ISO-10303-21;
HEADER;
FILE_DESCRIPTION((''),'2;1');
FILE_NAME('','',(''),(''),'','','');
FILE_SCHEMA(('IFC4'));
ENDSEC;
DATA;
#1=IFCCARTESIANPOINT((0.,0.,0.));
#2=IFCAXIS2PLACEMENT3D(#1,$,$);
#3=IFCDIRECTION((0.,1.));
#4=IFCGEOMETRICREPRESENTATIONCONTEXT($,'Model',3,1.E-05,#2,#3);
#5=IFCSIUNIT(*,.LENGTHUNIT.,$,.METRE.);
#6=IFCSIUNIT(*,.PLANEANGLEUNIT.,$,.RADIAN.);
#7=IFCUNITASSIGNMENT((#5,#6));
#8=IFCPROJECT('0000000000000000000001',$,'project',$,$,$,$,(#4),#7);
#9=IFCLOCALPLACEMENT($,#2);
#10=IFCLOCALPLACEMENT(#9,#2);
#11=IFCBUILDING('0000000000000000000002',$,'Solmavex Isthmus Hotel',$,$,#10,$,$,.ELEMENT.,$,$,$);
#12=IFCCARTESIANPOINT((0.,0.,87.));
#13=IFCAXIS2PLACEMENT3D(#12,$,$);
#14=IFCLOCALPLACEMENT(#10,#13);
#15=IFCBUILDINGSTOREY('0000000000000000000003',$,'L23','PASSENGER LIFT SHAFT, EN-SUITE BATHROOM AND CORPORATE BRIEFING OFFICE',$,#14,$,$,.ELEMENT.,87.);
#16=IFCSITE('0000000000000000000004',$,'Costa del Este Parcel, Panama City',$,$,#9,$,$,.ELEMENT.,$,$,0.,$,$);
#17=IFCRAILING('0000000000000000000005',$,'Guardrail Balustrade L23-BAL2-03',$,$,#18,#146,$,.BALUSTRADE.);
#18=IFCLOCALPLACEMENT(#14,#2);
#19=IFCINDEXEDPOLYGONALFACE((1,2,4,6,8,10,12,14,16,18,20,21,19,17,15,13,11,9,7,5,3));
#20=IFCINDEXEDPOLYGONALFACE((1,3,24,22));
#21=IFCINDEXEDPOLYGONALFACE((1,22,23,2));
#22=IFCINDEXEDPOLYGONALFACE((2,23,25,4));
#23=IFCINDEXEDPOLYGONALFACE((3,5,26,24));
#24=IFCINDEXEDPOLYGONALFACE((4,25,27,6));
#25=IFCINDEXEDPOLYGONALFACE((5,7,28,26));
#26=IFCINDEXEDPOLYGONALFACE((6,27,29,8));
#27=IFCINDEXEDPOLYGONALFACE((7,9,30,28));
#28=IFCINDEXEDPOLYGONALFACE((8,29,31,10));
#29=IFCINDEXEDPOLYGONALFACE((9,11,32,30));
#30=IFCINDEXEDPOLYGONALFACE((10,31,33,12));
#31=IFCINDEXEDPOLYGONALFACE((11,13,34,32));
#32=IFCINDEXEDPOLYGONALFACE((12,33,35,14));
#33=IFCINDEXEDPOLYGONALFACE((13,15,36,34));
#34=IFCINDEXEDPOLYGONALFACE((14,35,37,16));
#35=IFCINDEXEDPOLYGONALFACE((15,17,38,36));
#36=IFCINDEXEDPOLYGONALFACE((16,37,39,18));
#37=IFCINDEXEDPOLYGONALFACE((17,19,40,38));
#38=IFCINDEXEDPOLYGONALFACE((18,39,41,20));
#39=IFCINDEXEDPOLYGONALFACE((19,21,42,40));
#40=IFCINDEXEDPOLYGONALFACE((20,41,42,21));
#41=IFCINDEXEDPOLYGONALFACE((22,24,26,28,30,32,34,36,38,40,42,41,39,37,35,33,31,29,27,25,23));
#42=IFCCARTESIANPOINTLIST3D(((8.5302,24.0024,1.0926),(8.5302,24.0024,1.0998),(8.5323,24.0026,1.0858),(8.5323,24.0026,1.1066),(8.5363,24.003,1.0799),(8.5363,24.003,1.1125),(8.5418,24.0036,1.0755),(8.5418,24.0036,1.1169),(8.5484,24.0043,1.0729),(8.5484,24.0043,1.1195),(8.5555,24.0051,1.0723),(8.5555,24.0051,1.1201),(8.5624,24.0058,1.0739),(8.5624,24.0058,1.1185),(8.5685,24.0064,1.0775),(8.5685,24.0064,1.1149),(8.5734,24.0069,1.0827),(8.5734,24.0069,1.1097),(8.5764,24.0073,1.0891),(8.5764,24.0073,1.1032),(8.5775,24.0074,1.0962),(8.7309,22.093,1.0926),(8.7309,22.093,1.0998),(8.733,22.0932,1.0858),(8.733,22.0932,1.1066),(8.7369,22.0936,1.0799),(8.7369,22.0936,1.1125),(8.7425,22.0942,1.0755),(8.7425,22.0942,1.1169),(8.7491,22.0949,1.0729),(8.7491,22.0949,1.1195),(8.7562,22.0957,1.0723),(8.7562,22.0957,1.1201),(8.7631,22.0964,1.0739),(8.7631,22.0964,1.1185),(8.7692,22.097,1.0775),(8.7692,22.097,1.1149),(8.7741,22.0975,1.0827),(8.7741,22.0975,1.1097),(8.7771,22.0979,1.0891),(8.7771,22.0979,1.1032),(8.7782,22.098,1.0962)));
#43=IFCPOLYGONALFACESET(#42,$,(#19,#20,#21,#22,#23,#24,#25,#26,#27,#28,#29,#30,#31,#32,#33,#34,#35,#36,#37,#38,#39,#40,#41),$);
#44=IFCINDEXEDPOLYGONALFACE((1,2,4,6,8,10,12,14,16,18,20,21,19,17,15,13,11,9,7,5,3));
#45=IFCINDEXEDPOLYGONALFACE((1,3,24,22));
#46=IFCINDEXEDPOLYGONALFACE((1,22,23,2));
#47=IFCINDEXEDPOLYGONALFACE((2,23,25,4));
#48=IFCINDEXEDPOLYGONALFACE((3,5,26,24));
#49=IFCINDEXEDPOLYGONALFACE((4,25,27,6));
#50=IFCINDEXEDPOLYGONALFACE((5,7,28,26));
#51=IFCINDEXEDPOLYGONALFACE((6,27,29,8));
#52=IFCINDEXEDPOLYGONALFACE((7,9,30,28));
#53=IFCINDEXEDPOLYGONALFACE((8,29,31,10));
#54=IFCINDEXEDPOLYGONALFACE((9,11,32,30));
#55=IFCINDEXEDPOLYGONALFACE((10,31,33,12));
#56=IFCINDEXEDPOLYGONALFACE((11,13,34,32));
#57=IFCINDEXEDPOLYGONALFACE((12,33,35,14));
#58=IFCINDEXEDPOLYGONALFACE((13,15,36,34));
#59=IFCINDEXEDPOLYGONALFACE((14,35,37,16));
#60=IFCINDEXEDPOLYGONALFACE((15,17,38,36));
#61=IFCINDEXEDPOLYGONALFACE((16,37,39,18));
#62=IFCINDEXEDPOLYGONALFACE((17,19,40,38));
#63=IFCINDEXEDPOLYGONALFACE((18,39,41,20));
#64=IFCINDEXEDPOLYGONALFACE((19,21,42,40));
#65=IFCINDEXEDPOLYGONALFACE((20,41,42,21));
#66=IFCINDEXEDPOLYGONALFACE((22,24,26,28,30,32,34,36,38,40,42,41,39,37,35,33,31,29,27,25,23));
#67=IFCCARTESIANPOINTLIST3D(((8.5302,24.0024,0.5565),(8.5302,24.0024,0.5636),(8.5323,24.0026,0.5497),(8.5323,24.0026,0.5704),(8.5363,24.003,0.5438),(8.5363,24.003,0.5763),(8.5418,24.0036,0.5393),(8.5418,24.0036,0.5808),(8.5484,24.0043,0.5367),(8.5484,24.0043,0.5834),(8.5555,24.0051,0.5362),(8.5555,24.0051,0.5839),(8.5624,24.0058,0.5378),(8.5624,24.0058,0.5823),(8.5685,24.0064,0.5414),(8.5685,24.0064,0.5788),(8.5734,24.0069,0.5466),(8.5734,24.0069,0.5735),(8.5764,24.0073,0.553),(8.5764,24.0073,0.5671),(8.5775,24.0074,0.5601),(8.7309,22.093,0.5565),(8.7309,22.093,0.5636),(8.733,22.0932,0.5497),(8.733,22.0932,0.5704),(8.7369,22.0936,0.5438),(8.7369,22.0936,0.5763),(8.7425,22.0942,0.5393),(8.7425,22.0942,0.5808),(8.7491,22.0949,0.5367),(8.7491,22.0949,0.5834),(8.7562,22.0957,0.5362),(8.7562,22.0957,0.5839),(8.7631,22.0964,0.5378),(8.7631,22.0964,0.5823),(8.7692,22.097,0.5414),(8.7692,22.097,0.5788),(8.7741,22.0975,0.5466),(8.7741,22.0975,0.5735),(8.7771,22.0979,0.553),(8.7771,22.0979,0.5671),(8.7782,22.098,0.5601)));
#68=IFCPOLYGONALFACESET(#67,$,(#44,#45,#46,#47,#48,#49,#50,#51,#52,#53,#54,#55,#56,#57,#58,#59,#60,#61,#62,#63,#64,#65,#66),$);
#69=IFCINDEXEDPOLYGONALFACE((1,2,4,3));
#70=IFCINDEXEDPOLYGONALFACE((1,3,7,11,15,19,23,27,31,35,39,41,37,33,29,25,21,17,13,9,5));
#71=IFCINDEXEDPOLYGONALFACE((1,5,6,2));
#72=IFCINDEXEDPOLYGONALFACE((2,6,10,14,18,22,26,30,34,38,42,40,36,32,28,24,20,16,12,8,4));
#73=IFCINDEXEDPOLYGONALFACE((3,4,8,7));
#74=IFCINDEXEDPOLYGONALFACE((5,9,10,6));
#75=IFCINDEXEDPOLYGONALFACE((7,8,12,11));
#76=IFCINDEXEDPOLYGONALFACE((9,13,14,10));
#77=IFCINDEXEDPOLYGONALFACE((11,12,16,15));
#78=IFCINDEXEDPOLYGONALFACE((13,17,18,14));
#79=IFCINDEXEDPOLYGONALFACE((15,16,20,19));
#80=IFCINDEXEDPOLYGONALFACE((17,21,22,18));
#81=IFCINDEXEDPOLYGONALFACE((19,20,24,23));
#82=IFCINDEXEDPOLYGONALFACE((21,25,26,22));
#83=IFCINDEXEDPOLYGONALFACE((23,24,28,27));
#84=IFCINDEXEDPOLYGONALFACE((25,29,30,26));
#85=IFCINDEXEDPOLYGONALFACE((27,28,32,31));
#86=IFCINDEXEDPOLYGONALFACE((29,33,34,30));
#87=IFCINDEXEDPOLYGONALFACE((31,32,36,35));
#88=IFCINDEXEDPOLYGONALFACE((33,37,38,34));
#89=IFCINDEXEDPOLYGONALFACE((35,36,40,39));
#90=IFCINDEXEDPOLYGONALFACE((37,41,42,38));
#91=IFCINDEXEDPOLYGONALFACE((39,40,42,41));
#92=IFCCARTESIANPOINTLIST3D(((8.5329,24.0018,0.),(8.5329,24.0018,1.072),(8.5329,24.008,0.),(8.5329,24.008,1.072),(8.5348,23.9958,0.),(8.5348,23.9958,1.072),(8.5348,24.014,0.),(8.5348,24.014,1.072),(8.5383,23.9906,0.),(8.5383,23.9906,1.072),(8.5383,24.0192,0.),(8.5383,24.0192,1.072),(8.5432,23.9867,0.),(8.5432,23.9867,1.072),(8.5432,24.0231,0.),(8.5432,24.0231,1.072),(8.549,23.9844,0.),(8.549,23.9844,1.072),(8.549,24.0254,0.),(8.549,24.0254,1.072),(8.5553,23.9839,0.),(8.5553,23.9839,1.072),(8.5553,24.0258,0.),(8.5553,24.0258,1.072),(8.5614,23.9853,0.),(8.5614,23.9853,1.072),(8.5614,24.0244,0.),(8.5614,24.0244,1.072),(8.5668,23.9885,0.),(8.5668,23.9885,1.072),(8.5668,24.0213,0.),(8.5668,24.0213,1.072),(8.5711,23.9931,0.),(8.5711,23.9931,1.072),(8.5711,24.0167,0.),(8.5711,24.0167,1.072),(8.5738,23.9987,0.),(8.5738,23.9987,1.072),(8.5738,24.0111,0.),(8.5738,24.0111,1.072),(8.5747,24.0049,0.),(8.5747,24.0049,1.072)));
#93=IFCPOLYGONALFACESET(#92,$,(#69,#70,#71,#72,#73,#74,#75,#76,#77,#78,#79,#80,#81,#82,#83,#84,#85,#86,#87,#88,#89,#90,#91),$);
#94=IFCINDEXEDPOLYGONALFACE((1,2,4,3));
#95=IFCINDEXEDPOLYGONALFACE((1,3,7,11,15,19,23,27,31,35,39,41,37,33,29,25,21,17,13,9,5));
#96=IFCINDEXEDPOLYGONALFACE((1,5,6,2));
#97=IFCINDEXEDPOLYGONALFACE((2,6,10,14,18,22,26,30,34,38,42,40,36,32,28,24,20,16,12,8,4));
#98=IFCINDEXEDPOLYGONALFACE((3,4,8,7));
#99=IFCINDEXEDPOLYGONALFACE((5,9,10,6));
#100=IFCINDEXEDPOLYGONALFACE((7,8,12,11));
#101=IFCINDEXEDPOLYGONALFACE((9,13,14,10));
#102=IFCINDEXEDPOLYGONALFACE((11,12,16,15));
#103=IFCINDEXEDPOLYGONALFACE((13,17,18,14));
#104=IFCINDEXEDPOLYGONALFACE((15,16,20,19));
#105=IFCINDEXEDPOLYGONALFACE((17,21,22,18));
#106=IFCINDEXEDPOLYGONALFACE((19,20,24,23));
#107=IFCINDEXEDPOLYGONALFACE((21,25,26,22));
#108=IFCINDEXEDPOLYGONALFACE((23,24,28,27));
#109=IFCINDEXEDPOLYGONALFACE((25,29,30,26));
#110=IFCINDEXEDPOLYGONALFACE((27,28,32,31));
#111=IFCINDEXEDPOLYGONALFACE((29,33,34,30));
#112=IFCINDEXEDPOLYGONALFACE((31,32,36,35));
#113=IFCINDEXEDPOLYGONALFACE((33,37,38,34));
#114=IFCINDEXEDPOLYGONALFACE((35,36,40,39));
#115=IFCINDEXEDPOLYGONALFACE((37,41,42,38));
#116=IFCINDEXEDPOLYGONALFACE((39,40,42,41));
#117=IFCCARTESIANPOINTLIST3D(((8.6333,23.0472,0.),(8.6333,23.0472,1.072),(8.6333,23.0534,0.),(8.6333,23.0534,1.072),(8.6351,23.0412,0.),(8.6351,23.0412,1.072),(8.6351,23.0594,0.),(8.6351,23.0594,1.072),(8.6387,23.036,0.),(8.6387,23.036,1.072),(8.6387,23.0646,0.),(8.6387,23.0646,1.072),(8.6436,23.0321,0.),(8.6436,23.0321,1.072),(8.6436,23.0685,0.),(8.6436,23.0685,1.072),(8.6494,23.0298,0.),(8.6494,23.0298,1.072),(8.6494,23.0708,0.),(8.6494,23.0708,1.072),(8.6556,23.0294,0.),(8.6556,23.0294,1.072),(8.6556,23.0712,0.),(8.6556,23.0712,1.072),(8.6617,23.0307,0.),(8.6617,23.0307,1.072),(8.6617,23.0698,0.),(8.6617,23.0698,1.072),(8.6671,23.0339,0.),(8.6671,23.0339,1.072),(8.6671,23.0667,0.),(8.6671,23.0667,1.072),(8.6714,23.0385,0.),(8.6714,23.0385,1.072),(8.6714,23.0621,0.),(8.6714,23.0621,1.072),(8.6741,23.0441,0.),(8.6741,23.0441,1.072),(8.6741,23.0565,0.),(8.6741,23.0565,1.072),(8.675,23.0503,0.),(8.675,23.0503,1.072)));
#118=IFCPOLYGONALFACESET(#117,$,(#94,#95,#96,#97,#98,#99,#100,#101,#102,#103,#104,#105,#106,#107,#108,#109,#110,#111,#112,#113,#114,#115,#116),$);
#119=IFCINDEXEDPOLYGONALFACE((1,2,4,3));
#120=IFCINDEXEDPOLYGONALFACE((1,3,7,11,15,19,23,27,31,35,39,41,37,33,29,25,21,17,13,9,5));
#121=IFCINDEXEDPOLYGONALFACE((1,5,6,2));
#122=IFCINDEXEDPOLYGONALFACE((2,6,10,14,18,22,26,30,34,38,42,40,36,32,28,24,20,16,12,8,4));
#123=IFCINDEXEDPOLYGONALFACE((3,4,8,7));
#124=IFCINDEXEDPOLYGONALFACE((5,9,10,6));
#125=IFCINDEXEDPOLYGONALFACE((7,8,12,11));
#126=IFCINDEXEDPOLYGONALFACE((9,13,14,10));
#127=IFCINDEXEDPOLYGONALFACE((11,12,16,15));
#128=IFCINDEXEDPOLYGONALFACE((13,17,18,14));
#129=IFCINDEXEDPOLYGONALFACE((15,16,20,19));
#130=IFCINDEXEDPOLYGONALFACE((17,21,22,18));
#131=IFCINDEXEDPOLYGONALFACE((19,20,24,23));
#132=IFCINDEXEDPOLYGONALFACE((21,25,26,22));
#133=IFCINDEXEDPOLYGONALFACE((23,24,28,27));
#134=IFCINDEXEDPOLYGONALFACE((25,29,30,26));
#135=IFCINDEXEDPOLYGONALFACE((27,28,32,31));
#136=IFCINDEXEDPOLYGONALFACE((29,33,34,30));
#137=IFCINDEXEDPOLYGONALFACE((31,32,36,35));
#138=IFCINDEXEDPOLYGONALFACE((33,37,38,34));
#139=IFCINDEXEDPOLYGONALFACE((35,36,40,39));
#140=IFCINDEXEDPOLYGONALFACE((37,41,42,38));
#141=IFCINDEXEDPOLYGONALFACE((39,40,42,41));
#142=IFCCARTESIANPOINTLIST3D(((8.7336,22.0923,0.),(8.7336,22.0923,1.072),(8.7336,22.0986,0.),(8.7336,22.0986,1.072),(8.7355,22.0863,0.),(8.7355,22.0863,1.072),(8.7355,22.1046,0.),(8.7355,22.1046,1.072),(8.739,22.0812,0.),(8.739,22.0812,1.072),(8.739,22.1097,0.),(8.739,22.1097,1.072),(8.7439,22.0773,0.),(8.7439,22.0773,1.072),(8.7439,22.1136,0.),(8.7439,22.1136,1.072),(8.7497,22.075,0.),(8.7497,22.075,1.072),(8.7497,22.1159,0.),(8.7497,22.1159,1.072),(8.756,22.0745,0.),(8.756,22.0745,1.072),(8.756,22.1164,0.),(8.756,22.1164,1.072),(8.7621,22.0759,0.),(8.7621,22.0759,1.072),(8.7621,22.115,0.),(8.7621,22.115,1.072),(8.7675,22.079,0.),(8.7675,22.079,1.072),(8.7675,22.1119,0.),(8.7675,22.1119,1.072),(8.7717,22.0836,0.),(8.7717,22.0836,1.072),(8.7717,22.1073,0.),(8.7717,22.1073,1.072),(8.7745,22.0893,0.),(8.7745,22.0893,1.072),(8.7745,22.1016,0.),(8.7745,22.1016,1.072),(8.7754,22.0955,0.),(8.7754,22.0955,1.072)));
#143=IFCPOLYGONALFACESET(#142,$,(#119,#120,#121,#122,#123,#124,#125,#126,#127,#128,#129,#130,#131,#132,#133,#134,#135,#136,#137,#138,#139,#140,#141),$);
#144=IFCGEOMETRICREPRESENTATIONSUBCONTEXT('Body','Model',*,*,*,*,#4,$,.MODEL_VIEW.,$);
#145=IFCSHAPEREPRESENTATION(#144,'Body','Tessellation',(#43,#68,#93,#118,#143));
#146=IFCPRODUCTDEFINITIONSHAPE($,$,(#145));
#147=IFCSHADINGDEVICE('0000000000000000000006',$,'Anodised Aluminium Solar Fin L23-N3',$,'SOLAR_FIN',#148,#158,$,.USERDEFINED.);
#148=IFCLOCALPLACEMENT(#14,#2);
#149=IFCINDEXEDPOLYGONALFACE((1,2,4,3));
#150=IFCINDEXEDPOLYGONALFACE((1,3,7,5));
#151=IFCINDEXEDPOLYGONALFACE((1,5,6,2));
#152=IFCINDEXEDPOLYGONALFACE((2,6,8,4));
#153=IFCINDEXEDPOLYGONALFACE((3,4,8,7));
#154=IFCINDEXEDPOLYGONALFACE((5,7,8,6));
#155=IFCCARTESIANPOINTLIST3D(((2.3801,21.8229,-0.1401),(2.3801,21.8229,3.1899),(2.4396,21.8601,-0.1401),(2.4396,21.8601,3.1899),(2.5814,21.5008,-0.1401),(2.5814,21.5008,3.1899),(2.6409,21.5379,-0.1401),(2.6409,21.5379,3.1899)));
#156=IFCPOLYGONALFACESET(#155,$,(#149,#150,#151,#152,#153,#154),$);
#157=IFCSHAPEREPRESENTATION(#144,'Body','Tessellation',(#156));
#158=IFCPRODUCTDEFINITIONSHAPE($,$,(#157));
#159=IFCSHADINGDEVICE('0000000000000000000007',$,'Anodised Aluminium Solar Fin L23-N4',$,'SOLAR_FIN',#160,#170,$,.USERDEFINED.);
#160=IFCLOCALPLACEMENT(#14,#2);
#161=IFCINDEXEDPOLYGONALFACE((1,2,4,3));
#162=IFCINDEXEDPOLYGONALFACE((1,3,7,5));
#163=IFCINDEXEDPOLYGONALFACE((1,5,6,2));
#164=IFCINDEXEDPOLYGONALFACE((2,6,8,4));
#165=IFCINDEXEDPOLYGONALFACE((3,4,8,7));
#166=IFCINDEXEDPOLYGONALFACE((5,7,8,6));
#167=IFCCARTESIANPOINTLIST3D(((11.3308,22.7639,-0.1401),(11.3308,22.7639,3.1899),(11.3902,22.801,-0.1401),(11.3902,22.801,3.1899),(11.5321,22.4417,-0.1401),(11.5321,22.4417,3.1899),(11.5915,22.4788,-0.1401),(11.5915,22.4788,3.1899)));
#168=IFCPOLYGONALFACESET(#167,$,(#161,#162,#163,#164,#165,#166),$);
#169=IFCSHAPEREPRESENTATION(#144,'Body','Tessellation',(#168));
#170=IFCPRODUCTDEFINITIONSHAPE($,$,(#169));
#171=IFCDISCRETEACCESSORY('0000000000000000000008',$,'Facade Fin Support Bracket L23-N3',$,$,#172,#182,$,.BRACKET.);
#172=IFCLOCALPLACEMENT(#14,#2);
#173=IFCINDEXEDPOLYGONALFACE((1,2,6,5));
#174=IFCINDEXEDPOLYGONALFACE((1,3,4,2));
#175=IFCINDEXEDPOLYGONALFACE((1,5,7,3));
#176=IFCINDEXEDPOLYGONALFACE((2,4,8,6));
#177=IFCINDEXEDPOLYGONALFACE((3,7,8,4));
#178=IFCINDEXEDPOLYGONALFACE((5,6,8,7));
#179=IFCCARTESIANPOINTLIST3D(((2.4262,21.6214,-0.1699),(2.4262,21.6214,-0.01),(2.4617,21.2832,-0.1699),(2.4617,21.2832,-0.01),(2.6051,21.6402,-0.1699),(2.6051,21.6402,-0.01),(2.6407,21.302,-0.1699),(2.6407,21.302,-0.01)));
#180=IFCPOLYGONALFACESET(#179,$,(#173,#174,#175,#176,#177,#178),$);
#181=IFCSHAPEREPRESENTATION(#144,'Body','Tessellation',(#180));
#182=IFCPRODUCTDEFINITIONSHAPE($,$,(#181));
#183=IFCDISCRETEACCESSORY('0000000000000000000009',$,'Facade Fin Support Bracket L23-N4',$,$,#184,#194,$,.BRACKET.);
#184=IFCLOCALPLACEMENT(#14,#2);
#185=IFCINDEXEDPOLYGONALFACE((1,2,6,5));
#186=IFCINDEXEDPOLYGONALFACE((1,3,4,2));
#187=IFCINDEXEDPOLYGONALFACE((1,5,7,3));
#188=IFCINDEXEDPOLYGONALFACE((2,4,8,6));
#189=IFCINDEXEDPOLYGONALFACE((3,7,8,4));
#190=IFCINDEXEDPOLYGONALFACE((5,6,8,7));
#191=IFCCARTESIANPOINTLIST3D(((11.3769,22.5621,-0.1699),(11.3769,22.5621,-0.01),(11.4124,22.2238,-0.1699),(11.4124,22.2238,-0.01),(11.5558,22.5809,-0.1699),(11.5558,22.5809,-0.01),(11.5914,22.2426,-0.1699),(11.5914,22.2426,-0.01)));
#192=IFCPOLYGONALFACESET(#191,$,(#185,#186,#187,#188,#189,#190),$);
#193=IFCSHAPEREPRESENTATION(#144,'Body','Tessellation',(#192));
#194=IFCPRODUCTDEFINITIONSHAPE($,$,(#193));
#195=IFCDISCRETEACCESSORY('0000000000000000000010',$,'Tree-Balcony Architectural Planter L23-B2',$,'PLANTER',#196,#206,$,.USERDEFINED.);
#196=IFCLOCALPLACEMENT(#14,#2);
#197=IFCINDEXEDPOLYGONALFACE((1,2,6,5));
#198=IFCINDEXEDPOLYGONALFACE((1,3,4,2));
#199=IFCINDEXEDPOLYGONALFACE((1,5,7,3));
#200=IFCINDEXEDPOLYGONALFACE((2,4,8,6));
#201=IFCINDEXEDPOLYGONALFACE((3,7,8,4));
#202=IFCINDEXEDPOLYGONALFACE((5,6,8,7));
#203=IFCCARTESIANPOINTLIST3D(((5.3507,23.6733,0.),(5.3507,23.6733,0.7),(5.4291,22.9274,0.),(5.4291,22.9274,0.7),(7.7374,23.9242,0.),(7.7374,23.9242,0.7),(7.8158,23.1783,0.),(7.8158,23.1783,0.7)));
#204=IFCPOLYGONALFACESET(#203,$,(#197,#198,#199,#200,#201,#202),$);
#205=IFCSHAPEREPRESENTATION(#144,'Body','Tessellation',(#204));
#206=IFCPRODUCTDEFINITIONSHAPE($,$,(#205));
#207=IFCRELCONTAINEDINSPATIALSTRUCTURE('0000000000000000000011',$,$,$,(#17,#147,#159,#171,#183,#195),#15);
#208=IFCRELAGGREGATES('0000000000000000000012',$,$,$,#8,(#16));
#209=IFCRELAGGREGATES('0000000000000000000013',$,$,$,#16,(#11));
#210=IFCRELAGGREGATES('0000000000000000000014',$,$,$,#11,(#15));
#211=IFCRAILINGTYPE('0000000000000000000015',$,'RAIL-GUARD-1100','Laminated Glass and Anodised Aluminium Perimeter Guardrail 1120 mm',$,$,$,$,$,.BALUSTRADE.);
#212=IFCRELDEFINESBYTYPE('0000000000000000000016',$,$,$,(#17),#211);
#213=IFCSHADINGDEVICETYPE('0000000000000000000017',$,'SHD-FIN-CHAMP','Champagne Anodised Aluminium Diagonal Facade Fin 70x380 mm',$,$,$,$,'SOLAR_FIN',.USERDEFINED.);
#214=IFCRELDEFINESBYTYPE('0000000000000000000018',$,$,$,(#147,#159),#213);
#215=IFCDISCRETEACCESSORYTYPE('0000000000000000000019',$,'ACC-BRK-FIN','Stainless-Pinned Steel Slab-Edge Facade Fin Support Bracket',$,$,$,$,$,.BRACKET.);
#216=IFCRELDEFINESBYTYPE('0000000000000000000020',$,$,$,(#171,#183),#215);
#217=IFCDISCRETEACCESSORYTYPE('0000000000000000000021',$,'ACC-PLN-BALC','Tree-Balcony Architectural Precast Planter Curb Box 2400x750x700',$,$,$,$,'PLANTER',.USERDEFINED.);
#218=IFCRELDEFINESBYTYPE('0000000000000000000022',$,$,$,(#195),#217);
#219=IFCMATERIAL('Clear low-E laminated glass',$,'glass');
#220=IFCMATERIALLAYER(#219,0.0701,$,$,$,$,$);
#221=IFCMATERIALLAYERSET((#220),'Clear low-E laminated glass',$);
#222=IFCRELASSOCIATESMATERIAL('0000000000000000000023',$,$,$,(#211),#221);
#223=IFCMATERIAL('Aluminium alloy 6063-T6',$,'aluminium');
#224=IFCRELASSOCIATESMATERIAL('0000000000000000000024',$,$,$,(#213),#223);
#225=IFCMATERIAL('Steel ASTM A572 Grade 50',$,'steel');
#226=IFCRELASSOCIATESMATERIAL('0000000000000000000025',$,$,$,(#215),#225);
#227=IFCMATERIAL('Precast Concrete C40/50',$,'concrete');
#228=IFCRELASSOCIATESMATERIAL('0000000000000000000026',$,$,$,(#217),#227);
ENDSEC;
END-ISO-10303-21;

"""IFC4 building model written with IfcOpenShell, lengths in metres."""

from ifc_helpers import new_model, si_unit, direction, frame, origin, origin_2d, place, context, subcontext, project, spatial, rectangle, circle, extrude, material, layer, layer_set, type_object, element, save


model = new_model("IFC4")

# Units and contexts
model_context = context("Model", 3, precision=1e-05, world=origin(), true_north=direction((0.0, 1.0)))
body_context = subcontext(model_context, "Body", "Model", "MODEL_VIEW")
ifc_project = project(units=[si_unit("LENGTHUNIT", "METRE"), si_unit("PLANEANGLEUNIT", "RADIAN")], contexts=[model_context])

# Site, building, storey
site_placement = place(None, origin())
site = spatial("IfcSite", under=ifc_project, at=site_placement, Name="Costa del Este Parcel, Panama City", CompositionType="ELEMENT", RefElevation=0.0)
building_placement = place(site_placement, origin())
building = spatial("IfcBuilding", under=site, at=building_placement, Name="Solmavex Isthmus Hotel", CompositionType="ELEMENT")
storey_placement = place(building_placement, frame((0.0, 0.0, 87.0)))
storey = spatial("IfcBuildingStorey", under=building, at=storey_placement, Name="L23", Description="PASSENGER LIFT SHAFT, EN-SUITE BATHROOM AND CORPORATE BRIEFING OFFICE", CompositionType="ELEMENT", Elevation=87.0)

# Shared definitions
ifc_material_1 = material(Name="Aluminium alloy 6063-T6", Category="aluminium")

# Shared definitions
ifc_material_2 = material(Name="Clear low-E laminated glass", Category="glass")

# Shared definitions
ifc_material_3 = material(Name="Precast Concrete C40/50", Category="concrete")

# Railing
ifc_layer_1 = layer(ifc_material_2, 0.0701)
ifc_layer_set_1 = layer_set([ifc_layer_1], Name="Clear low-E laminated glass")
railing_type = type_object("IfcRailingType", Name="RAIL-GUARD-1100", Description="Laminated Glass and Anodised Aluminium Perimeter Guardrail 1120 mm", PredefinedType="BALUSTRADE", material=ifc_layer_set_1)
railing_1_placement = place(storey_placement, frame((8.5537, 24.0049, 0.0)))
element("IfcRailing", 1, at=railing_1_placement, inside=storey, type_object=railing_type, Name="Guardrail Balustrade L23-BAL2-03", PredefinedType="BALUSTRADE", context=body_context, shape_type="SweptSolid", body=[
    extrude(circle(Radius=0.0239, at=origin_2d()), frame((0.0, 0.0, 1.0962), z_axis=(0.104526, -0.994522, 0.0), x_axis=(0.994522, 0.104526, 0.0)), (0.0, 0.0, 1.0), 1.9199),
    extrude(circle(Radius=0.0239, at=origin_2d()), frame((0.0, 0.0, 0.5601), z_axis=(0.104526, -0.994522, 0.0), x_axis=(0.994522, 0.104526, 0.0)), (0.0, 0.0, 1.0), 1.9199),
    extrude(circle(Radius=0.021, at=origin_2d()), origin(), (0.0, 0.0, 1.0), 1.072),
    extrude(circle(Radius=0.021, at=origin_2d()), frame((0.1003, -0.9546, 0.0)), (0.0, 0.0, 1.0), 1.072),
    extrude(circle(Radius=0.021, at=origin_2d()), frame((0.2007, -1.9094, 0.0)), (0.0, 0.0, 1.0), 1.072),
])

# Shading devices
shading_device_type = type_object("IfcShadingDeviceType", Name="SHD-FIN-CHAMP", Description="Champagne Anodised Aluminium Diagonal Facade Fin 70x380 mm", ElementType="SOLAR_FIN", PredefinedType="USERDEFINED", material=ifc_material_1)
for number, where, z_axis, x_axis, name in (
    (2, (2.5105, 21.6804, -0.1401), (0.0, 0.0, 1.0), (-0.529919, 0.848048, 0.0), "Anodised Aluminium Solar Fin L23-N3"),
    (3, (11.4612, 22.6213, -0.1401), (0.0, 0.0, 1.0), (-0.529919, 0.848048, 0.0), "Anodised Aluminium Solar Fin L23-N4"),
):
    element("IfcShadingDevice", number, at=place(storey_placement, frame(where, z_axis=z_axis, x_axis=x_axis)), inside=storey, type_object=shading_device_type, Name=name, ObjectType="SOLAR_FIN", PredefinedType="USERDEFINED", context=body_context, shape_type="SweptSolid", body=[
        extrude(rectangle(XDim=0.3799, YDim=0.0701, at=origin_2d()), origin(), (0.0, 0.0, 1.0), 3.3301),
    ])

# Discrete accessories
ifc_material_4 = material(Name="Steel ASTM A572 Grade 50", Category="steel")
discrete_accessory_type_1 = type_object("IfcDiscreteAccessoryType", Name="ACC-BRK-FIN", Description="Stainless-Pinned Steel Slab-Edge Facade Fin Support Bracket", PredefinedType="BRACKET", material=ifc_material_4)
for number, where, z_axis, x_axis, name in (
    (4, (2.5334, 21.4617, -0.1699), (0.0, 0.0, 1.0), (-0.104528, 0.994522, 0.0), "Facade Fin Support Bracket L23-N3"),
    (5, (11.4841, 22.4023, -0.1699), (0.0, 0.0, 1.0), (-0.104528, 0.994522, 0.0), "Facade Fin Support Bracket L23-N4"),
):
    element("IfcDiscreteAccessory", number, at=place(storey_placement, frame(where, z_axis=z_axis, x_axis=x_axis)), inside=storey, type_object=discrete_accessory_type_1, Name=name, PredefinedType="BRACKET", context=body_context, shape_type="SweptSolid", body=[
        extrude(rectangle(XDim=0.3401, YDim=0.1799, at=origin_2d()), origin(), (0.0, 0.0, 1.0), 0.1599),
    ])
discrete_accessory_type_2 = type_object("IfcDiscreteAccessoryType", Name="ACC-PLN-BALC", Description="Tree-Balcony Architectural Precast Planter Curb Box 2400x750x700", ElementType="PLANTER", PredefinedType="USERDEFINED", material=ifc_material_3)
discrete_accessory_placement = place(storey_placement, frame((6.5833, 23.4258, 0.0), z_axis=(0.0, 0.0, 1.0), x_axis=(0.994522, 0.104528, 0.0)))
element("IfcDiscreteAccessory", 6, at=discrete_accessory_placement, inside=storey, type_object=discrete_accessory_type_2, Name="Tree-Balcony Architectural Planter L23-B2", ObjectType="PLANTER", PredefinedType="USERDEFINED", context=body_context, shape_type="SweptSolid", body=[
    extrude(rectangle(XDim=2.3999, YDim=0.75, at=origin_2d()), origin(), (0.0, 0.0, 1.0), 0.7),
])

save(model, "model.ifc")
